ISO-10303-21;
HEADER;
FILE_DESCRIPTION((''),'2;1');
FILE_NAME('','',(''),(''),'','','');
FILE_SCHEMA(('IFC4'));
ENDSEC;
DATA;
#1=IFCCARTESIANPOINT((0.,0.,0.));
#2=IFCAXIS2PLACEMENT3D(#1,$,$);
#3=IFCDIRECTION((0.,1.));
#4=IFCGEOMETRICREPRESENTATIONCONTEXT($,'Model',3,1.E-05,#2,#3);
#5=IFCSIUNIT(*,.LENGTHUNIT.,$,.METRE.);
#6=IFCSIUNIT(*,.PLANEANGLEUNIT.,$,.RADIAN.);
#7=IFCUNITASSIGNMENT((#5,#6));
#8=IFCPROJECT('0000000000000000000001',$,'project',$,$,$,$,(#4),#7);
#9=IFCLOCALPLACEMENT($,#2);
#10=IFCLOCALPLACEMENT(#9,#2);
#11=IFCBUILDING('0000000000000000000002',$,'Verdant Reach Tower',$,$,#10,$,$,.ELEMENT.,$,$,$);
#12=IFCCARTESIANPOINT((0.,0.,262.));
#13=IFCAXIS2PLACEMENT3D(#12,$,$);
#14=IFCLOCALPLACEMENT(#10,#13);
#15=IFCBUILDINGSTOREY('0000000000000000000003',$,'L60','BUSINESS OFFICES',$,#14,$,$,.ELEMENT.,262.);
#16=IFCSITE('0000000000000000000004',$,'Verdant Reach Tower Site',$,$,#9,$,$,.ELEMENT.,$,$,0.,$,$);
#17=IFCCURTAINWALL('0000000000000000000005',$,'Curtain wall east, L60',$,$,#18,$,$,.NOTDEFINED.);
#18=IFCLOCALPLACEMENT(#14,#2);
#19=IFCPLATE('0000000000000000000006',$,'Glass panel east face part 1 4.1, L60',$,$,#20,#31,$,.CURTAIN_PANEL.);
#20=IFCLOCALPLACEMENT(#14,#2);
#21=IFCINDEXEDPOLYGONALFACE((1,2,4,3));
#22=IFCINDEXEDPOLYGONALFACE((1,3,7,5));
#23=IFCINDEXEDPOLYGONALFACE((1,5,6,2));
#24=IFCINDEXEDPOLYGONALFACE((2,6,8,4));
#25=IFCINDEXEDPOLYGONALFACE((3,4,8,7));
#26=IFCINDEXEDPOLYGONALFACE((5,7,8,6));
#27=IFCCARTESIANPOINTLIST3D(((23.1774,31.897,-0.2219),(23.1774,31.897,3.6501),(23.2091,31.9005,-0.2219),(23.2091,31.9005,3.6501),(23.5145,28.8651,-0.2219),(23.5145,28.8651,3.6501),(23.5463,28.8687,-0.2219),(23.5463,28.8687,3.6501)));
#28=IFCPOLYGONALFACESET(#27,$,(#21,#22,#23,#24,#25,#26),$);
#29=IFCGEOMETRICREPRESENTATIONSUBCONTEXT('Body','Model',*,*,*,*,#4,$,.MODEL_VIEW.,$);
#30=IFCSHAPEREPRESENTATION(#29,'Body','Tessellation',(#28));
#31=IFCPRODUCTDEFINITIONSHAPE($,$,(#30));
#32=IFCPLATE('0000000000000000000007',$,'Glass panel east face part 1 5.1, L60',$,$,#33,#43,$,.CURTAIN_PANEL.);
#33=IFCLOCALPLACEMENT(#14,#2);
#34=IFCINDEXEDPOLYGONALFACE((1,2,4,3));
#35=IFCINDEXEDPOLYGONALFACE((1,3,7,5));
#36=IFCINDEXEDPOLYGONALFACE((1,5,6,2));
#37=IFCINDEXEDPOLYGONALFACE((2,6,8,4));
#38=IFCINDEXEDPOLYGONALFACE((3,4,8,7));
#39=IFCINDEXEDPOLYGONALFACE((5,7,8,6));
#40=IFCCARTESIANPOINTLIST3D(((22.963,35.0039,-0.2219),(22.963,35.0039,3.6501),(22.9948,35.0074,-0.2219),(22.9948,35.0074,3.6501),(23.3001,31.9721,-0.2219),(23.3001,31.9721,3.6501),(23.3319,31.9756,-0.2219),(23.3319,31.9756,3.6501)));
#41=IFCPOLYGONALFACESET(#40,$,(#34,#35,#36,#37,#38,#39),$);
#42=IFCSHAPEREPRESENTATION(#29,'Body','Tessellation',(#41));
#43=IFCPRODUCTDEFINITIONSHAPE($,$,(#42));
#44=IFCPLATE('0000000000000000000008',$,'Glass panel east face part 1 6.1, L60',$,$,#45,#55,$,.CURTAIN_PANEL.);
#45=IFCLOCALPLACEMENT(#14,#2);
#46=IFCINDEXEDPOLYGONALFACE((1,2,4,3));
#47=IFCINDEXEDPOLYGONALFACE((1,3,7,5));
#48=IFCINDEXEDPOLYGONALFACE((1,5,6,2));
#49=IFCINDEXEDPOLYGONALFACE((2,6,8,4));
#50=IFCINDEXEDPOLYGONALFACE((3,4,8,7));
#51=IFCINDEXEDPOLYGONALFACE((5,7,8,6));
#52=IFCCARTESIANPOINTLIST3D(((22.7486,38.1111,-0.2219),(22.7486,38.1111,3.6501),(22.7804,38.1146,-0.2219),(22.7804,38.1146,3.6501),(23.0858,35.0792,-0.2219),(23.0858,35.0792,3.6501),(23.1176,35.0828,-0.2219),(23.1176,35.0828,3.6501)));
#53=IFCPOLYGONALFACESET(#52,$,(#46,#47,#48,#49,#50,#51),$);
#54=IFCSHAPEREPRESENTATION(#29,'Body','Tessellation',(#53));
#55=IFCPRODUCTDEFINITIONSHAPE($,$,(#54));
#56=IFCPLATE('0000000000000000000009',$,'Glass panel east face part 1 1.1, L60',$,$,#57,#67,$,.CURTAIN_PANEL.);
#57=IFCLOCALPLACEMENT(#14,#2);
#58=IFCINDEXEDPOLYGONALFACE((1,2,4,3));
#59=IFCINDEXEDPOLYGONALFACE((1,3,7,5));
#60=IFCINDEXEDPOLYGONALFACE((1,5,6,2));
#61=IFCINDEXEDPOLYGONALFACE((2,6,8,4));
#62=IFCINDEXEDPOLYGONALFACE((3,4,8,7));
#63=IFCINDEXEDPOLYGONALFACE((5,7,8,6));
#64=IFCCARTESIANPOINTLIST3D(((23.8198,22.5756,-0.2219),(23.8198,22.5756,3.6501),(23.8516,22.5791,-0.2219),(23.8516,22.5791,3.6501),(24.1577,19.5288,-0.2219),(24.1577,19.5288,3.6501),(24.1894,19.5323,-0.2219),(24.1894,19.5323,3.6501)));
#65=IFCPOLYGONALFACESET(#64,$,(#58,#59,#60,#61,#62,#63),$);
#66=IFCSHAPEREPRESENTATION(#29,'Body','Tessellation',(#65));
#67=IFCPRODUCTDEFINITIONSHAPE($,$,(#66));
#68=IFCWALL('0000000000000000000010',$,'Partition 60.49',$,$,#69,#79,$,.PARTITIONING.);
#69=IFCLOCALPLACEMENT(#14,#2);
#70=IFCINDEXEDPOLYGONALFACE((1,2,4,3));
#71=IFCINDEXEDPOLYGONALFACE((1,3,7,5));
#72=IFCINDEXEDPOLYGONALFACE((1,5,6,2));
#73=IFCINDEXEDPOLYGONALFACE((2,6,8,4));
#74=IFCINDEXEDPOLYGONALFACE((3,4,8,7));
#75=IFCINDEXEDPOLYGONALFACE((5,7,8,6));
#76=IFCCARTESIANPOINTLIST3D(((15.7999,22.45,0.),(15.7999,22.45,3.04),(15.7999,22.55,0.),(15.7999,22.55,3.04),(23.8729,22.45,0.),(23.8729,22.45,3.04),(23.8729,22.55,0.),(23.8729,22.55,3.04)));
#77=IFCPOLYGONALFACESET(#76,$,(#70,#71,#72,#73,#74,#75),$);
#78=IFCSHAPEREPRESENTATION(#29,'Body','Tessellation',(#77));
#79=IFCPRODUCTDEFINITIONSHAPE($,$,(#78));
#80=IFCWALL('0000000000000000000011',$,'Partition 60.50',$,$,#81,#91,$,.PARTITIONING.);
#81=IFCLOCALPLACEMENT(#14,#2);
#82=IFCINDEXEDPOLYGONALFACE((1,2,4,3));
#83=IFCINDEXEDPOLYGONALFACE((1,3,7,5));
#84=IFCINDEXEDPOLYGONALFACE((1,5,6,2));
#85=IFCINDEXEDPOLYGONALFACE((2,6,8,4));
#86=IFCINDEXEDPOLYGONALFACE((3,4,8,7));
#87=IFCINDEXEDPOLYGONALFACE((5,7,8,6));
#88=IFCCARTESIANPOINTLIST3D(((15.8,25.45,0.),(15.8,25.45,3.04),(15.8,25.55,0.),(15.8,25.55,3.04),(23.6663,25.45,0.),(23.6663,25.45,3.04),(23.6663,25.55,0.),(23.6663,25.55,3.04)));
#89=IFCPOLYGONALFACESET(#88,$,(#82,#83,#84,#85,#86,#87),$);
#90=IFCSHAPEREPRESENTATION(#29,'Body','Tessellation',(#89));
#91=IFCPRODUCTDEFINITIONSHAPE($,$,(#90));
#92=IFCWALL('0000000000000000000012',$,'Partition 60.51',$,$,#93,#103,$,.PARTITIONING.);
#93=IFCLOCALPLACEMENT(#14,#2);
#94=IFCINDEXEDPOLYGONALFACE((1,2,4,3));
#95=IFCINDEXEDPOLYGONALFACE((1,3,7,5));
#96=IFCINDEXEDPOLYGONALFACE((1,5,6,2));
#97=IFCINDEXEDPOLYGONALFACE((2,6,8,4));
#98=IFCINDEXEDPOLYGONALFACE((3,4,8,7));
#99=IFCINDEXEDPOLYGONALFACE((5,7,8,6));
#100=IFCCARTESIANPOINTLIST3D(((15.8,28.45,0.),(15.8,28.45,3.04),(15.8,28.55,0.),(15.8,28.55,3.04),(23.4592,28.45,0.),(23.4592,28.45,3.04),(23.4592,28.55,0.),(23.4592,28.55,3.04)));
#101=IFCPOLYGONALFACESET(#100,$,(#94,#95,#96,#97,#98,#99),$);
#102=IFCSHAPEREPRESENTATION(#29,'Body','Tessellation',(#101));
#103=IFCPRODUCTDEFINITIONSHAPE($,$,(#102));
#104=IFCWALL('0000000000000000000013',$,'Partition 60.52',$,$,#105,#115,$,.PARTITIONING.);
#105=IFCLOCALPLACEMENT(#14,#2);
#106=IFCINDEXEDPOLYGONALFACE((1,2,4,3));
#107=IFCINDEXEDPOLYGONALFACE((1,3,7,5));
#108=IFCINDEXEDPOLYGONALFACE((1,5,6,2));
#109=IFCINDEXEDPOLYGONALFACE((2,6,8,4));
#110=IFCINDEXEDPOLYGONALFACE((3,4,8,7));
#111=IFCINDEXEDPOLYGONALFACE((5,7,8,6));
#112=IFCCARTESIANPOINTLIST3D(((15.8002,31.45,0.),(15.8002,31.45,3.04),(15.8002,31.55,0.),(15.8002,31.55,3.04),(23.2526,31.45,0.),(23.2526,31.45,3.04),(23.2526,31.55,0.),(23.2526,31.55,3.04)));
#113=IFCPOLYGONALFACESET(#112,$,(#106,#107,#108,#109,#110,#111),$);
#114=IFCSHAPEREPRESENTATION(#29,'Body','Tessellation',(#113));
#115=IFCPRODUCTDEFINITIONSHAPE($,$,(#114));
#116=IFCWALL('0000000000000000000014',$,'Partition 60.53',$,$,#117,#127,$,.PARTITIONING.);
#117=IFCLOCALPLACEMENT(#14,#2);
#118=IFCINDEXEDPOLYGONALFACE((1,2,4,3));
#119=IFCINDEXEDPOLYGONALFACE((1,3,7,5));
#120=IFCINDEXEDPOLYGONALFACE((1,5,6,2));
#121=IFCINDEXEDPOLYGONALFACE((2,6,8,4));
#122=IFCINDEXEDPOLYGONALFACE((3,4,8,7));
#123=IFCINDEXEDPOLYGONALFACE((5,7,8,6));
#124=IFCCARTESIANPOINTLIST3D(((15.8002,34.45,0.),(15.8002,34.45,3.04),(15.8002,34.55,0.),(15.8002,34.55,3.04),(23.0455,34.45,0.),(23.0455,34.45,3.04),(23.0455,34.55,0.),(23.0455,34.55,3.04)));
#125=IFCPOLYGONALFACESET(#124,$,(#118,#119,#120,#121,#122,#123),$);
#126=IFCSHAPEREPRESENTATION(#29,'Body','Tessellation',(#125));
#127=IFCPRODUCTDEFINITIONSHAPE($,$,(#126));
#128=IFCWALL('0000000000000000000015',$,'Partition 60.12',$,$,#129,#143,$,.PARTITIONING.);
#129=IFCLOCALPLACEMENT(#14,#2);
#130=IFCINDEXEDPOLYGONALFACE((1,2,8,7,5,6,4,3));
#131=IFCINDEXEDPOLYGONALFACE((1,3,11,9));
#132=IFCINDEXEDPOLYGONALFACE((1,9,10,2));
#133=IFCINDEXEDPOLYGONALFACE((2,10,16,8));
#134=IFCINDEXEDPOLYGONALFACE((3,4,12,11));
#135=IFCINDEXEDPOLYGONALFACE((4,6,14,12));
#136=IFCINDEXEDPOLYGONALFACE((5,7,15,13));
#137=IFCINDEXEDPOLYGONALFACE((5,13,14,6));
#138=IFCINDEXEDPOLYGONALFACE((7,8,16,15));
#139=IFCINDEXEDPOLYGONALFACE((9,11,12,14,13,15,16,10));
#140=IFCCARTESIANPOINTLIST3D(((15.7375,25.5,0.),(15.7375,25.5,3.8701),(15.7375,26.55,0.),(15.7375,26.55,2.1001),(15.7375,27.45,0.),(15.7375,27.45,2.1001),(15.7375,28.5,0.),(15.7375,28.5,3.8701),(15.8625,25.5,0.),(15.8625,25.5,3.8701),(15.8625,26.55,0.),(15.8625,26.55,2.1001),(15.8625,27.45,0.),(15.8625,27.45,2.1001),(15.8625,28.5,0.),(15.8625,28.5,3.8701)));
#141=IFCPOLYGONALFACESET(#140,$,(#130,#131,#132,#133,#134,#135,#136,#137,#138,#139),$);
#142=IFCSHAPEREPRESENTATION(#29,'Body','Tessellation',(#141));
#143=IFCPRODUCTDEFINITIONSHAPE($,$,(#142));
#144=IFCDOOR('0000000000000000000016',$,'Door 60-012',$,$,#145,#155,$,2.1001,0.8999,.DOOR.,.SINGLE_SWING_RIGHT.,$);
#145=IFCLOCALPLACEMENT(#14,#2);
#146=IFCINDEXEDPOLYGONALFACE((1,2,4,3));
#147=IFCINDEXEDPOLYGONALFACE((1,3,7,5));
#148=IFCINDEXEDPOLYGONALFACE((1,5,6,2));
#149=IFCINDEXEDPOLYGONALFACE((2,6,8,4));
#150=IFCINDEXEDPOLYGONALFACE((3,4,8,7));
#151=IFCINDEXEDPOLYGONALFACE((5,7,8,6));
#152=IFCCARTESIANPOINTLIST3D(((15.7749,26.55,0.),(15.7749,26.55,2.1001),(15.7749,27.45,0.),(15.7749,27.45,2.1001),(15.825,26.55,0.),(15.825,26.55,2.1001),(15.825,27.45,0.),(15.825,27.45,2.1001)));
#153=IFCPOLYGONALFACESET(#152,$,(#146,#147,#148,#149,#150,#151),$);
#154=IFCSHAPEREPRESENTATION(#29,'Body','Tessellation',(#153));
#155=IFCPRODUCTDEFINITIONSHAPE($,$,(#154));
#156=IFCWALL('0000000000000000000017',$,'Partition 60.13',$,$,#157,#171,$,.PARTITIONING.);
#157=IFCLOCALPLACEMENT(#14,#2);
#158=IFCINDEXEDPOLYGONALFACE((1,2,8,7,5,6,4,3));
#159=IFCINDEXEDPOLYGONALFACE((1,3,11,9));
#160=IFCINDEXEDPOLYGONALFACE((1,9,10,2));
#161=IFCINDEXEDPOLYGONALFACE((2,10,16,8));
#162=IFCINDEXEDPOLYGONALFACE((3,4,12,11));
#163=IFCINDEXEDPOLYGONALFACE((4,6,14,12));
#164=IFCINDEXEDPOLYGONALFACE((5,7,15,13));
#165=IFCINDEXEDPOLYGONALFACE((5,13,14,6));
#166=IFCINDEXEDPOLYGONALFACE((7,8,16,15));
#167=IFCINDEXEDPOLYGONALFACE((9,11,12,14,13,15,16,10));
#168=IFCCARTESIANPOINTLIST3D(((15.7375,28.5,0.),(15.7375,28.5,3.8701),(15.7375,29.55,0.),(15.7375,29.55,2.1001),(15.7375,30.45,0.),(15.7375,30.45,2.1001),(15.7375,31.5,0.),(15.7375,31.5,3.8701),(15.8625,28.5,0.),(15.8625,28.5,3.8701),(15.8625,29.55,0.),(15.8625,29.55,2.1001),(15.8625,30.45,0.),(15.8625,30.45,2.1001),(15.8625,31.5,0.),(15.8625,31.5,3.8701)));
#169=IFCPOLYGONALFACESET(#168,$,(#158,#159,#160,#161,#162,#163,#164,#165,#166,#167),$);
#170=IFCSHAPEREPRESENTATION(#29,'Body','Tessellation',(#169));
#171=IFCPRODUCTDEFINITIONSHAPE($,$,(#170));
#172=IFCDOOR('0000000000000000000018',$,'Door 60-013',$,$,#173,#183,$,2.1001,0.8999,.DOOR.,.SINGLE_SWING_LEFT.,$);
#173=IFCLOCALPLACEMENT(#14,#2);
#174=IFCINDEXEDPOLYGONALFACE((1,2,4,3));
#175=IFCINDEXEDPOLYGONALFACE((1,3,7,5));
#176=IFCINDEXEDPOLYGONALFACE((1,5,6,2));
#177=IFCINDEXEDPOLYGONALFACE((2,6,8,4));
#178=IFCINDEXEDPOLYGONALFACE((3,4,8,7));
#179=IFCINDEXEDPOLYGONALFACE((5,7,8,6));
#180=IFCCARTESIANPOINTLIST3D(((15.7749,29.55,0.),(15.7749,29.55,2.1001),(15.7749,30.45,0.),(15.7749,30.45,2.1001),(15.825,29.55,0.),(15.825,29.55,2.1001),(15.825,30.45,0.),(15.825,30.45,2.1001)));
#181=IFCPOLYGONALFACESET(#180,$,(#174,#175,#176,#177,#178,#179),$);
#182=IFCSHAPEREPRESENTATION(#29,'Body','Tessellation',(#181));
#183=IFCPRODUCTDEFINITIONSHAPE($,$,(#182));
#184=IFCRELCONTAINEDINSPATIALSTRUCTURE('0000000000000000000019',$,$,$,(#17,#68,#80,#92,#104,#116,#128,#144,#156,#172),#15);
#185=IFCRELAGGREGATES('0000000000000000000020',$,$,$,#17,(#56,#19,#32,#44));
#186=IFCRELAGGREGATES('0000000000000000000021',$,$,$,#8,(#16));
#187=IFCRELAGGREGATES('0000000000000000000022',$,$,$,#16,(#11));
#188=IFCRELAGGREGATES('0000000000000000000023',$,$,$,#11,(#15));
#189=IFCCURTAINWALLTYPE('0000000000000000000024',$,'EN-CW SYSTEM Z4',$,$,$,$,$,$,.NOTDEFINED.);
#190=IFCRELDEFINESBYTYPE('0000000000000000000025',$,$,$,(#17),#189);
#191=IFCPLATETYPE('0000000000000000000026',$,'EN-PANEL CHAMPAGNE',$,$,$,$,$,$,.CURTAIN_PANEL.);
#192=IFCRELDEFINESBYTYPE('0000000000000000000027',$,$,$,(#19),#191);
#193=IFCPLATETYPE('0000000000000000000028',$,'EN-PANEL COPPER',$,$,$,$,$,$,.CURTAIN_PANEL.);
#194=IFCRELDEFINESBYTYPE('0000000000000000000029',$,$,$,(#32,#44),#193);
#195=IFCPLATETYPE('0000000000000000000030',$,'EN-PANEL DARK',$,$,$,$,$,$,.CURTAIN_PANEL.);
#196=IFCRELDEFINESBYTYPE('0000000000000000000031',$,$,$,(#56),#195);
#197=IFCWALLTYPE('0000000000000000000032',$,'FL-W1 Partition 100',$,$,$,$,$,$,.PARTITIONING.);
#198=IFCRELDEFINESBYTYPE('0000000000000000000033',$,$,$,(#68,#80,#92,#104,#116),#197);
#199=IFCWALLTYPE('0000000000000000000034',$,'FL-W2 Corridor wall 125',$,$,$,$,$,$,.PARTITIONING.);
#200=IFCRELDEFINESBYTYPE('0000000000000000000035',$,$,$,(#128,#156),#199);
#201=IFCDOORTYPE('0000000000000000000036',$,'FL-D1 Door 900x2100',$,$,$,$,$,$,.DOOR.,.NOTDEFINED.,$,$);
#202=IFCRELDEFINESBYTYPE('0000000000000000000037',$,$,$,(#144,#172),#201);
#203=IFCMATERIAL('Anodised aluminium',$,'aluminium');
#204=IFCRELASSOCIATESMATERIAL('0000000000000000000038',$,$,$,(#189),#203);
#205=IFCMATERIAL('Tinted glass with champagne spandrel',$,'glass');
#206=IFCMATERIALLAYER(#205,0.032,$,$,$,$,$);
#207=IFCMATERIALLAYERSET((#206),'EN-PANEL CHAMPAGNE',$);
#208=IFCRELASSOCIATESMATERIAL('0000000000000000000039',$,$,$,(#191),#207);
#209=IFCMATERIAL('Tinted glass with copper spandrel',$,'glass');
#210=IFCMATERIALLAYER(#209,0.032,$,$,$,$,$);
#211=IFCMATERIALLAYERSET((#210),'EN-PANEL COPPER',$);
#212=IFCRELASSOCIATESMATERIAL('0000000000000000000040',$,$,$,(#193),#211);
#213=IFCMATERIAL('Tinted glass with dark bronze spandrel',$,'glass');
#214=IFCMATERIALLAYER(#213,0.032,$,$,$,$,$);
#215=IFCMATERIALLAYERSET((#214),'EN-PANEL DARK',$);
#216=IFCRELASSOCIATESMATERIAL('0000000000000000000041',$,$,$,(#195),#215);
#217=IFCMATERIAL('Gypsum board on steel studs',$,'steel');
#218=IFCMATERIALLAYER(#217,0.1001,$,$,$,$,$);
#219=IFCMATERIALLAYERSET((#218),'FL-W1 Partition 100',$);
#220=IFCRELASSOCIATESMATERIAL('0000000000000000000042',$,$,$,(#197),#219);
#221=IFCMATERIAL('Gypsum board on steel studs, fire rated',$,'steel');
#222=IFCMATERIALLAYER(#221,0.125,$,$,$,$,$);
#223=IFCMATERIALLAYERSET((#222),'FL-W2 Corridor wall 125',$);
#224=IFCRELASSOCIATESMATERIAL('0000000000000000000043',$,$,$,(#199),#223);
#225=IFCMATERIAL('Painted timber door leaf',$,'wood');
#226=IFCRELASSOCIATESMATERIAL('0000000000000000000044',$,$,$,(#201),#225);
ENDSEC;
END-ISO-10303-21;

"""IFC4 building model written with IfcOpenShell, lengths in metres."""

from ifc_helpers import new_model, si_unit, direction, frame, frame_2d, origin, origin_2d, place, context, subcontext, project, spatial, rectangle, extrude, material, layer, layer_set, type_object, element, fill, aggregate, save


model = new_model("IFC4")

# Units and contexts
model_context = context("Model", 3, precision=1e-05, world=origin(), true_north=direction((0.0, 1.0)))
body_context = subcontext(model_context, "Body", "Model", "MODEL_VIEW")
ifc_project = project(units=[si_unit("LENGTHUNIT", "METRE"), si_unit("PLANEANGLEUNIT", "RADIAN")], contexts=[model_context])

# Site, building, storey
site_placement = place(None, origin())
site = spatial("IfcSite", under=ifc_project, at=site_placement, Name="Verdant Reach Tower Site", CompositionType="ELEMENT", RefElevation=0.0)
building_placement = place(site_placement, origin())
building = spatial("IfcBuilding", under=site, at=building_placement, Name="Verdant Reach Tower", CompositionType="ELEMENT")
storey_placement = place(building_placement, frame((0.0, 0.0, 262.0)))
storey = spatial("IfcBuildingStorey", under=building, at=storey_placement, Name="L60", Description="BUSINESS OFFICES", CompositionType="ELEMENT", Elevation=262.0)

# Curtain wall
ifc_material_1 = material(Name="Anodised aluminium", Category="aluminium")
curtain_wall_type = type_object("IfcCurtainWallType", Name="EN-CW SYSTEM Z4", PredefinedType="NOTDEFINED", material=ifc_material_1)
curtain_wall_placement = place(storey_placement, origin())
curtain_wall = element("IfcCurtainWall", 1, at=curtain_wall_placement, inside=storey, type_object=curtain_wall_type, Name="Curtain wall east, L60", PredefinedType="NOTDEFINED")

# Plates
ifc_material_2 = material(Name="Tinted glass with champagne spandrel", Category="glass")
ifc_layer_1 = layer(ifc_material_2, 0.032)
ifc_layer_set_1 = layer_set([ifc_layer_1], Name="EN-PANEL CHAMPAGNE")
plate_type_1 = type_object("IfcPlateType", Name="EN-PANEL CHAMPAGNE", PredefinedType="CURTAIN_PANEL", material=ifc_layer_set_1)
plate_1_placement = place(storey_placement, frame((23.3618, 30.3828, -0.2219), z_axis=(0.0, 0.0, 1.0), x_axis=(-0.110518, 0.993874, 0.0)))
plate_1 = element("IfcPlate", 2, at=plate_1_placement, type_object=plate_type_1, Name="Glass panel east face part 1 4.1, L60", PredefinedType="CURTAIN_PANEL", context=body_context, shape_type="SweptSolid", body=[
    extrude(rectangle(XDim=3.0505, YDim=0.032, at=origin_2d()), origin(), (0.0, 0.0, 1.0), 3.8721),
])
ifc_material_3 = material(Name="Tinted glass with copper spandrel", Category="glass")
ifc_layer_2 = layer(ifc_material_3, 0.032)
ifc_layer_set_2 = layer_set([ifc_layer_2], Name="EN-PANEL COPPER")
plate_type_2 = type_object("IfcPlateType", Name="EN-PANEL COPPER", PredefinedType="CURTAIN_PANEL", material=ifc_layer_set_2)
plate_2_placement = place(storey_placement, frame((23.1475, 33.4897, -0.2219), z_axis=(0.0, 0.0, 1.0), x_axis=(-0.110518, 0.993874, 0.0)))
plate_2 = element("IfcPlate", 3, at=plate_2_placement, type_object=plate_type_2, Name="Glass panel east face part 1 5.1, L60", PredefinedType="CURTAIN_PANEL", context=body_context, shape_type="SweptSolid", body=[
    extrude(rectangle(XDim=3.0505, YDim=0.032, at=origin_2d()), origin(), (0.0, 0.0, 1.0), 3.8721),
])
plate_3_placement = place(storey_placement, frame((22.9331, 36.5969, -0.2219), z_axis=(0.0, 0.0, 1.0), x_axis=(-0.110518, 0.993874, 0.0)))
plate_3 = element("IfcPlate", 4, at=plate_3_placement, type_object=plate_type_2, Name="Glass panel east face part 1 6.1, L60", PredefinedType="CURTAIN_PANEL", context=body_context, shape_type="SweptSolid", body=[
    extrude(rectangle(XDim=3.0505, YDim=0.032, at=origin_2d()), origin(), (0.0, 0.0, 1.0), 3.8721),
])
ifc_material_4 = material(Name="Tinted glass with dark bronze spandrel", Category="glass")
ifc_layer_3 = layer(ifc_material_4, 0.032)
ifc_layer_set_3 = layer_set([ifc_layer_3], Name="EN-PANEL DARK")
plate_type_3 = type_object("IfcPlateType", Name="EN-PANEL DARK", PredefinedType="CURTAIN_PANEL", material=ifc_layer_set_3)
plate_4_placement = place(storey_placement, frame((24.0046, 21.054, -0.2219), z_axis=(0.0, 0.0, 1.0), x_axis=(-0.110206, 0.993909, 0.0)))
plate_4 = element("IfcPlate", 5, at=plate_4_placement, type_object=plate_type_3, Name="Glass panel east face part 1 1.1, L60", PredefinedType="CURTAIN_PANEL", context=body_context, shape_type="SweptSolid", body=[
    extrude(rectangle(XDim=3.0654, YDim=0.032, at=origin_2d()), origin(), (0.0, 0.0, 1.0), 3.8721),
])
aggregate(curtain_wall, [plate_4, plate_1, plate_2, plate_3])

# Walls
ifc_material_5 = material(Name="Gypsum board on steel studs", Category="steel")
ifc_layer_4 = layer(ifc_material_5, 0.1001)
ifc_layer_set_4 = layer_set([ifc_layer_4], Name="FL-W1 Partition 100")
wall_type_1 = type_object("IfcWallType", Name="FL-W1 Partition 100", PredefinedType="PARTITIONING", material=ifc_layer_set_4)
wall_1_placement = place(storey_placement, frame((23.873, 22.5, 0.0), z_axis=(0.0, 0.0, 1.0), x_axis=(-1.0, 0.0, 0.0)))
element("IfcWall", 6, at=wall_1_placement, inside=storey, type_object=wall_type_1, Name="Partition 60.49", PredefinedType="PARTITIONING", context=body_context, shape_type="SweptSolid", body=[
    extrude(rectangle(XDim=8.073, YDim=0.1001, at=frame_2d((4.0366, 0.0))), origin(), (0.0, 0.0, 1.0), 3.04),
])
wall_2_placement = place(storey_placement, frame((23.6663, 25.5, 0.0), z_axis=(0.0, 0.0, 1.0), x_axis=(-1.0, 0.0, 0.0)))
element("IfcWall", 7, at=wall_2_placement, inside=storey, type_object=wall_type_1, Name="Partition 60.50", PredefinedType="PARTITIONING", context=body_context, shape_type="SweptSolid", body=[
    extrude(rectangle(XDim=7.8662, YDim=0.1001, at=frame_2d((3.9331, 0.0))), origin(), (0.0, 0.0, 1.0), 3.04),
])
wall_3_placement = place(storey_placement, frame((23.4592, 28.5, 0.0), z_axis=(0.0, 0.0, 1.0), x_axis=(-1.0, 0.0, 0.0)))
element("IfcWall", 8, at=wall_3_placement, inside=storey, type_object=wall_type_1, Name="Partition 60.51", PredefinedType="PARTITIONING", context=body_context, shape_type="SweptSolid", body=[
    extrude(rectangle(XDim=7.6592, YDim=0.1001, at=frame_2d((3.8296, 0.0))), origin(), (0.0, 0.0, 1.0), 3.04),
])
wall_4_placement = place(storey_placement, frame((23.2524, 31.5, 0.0), z_axis=(0.0, 0.0, 1.0), x_axis=(-1.0, 0.0, 0.0)))
element("IfcWall", 9, at=wall_4_placement, inside=storey, type_object=wall_type_1, Name="Partition 60.52", PredefinedType="PARTITIONING", context=body_context, shape_type="SweptSolid", body=[
    extrude(rectangle(XDim=7.4524, YDim=0.1001, at=frame_2d((3.7261, 0.0))), origin(), (0.0, 0.0, 1.0), 3.04),
])
wall_5_placement = place(storey_placement, frame((23.0454, 34.5, 0.0), z_axis=(0.0, 0.0, 1.0), x_axis=(-1.0, 0.0, 0.0)))
element("IfcWall", 10, at=wall_5_placement, inside=storey, type_object=wall_type_1, Name="Partition 60.53", PredefinedType="PARTITIONING", context=body_context, shape_type="SweptSolid", body=[
    extrude(rectangle(XDim=7.2454, YDim=0.1001, at=frame_2d((3.6226, 0.0))), origin(), (0.0, 0.0, 1.0), 3.04),
])

# Walls, openings, doors
ifc_material_6 = material(Name="Gypsum board on steel studs, fire rated", Category="steel")
ifc_layer_5 = layer(ifc_material_6, 0.125)
ifc_layer_set_5 = layer_set([ifc_layer_5], Name="FL-W2 Corridor wall 125")
wall_type_2 = type_object("IfcWallType", Name="FL-W2 Corridor wall 125", PredefinedType="PARTITIONING", material=ifc_layer_set_5)
wall_6_placement = place(storey_placement, frame((15.8, 28.5, 0.0), z_axis=(0.0, 0.0, 1.0), x_axis=(0.0, -1.0, 0.0)))
wall_6 = element("IfcWall", 11, at=wall_6_placement, inside=storey, type_object=wall_type_2, Name="Partition 60.12", PredefinedType="PARTITIONING", context=body_context, shape_type="SweptSolid", body=[
    extrude(rectangle(XDim=3.0, YDim=0.125, at=frame_2d((1.5, 0.0))), origin(), (0.0, 0.0, 1.0), 3.8701),
])
opening_1_placement = place(wall_6_placement, frame((1.05, 0.0, 0.0)))
opening_1 = element("IfcOpeningElement", 12, at=opening_1_placement, cuts=wall_6, PredefinedType="OPENING", context=body_context, shape_type="SweptSolid", body=[
    extrude(rectangle(XDim=0.8999, YDim=2.1001, at=frame_2d((0.45, 1.05))), frame((0.0, 0.0725, 0.0), z_axis=(0.0, -1.0, 0.0), x_axis=(1.0, 0.0, 0.0)), (0.0, 0.0, 1.0), 0.145),
])
ifc_material_7 = material(Name="Painted timber door leaf", Category="wood")
door_type = type_object("IfcDoorType", Name="FL-D1 Door 900x2100", OperationType="NOTDEFINED", PredefinedType="DOOR", material=ifc_material_7)
door_1_placement = place(opening_1_placement, origin())
door_1 = element("IfcDoor", 13, at=door_1_placement, inside=storey, type_object=door_type, Name="Door 60-012", OperationType="SINGLE_SWING_RIGHT", OverallHeight=2.1001, OverallWidth=0.8999, PredefinedType="DOOR", context=body_context, shape_type="SweptSolid", body=[
    extrude(rectangle(XDim=0.8999, YDim=2.1001, at=frame_2d((0.45, 1.05))), frame((0.0, 0.0249, 0.0), z_axis=(0.0, -1.0, 0.0), x_axis=(1.0, 0.0, 0.0)), (0.0, 0.0, 1.0), 0.05),
])
fill(opening_1, door_1)
wall_7_placement = place(storey_placement, frame((15.8, 31.5, 0.0), z_axis=(0.0, 0.0, 1.0), x_axis=(0.0, -1.0, 0.0)))
wall_7 = element("IfcWall", 14, at=wall_7_placement, inside=storey, type_object=wall_type_2, Name="Partition 60.13", PredefinedType="PARTITIONING", context=body_context, shape_type="SweptSolid", body=[
    extrude(rectangle(XDim=3.0, YDim=0.125, at=frame_2d((1.5, 0.0))), origin(), (0.0, 0.0, 1.0), 3.8701),
])
opening_2_placement = place(wall_7_placement, frame((1.05, 0.0, 0.0)))
opening_2 = element("IfcOpeningElement", 15, at=opening_2_placement, cuts=wall_7, PredefinedType="OPENING", context=body_context, shape_type="SweptSolid", body=[
    extrude(rectangle(XDim=0.8999, YDim=2.1001, at=frame_2d((0.45, 1.05))), frame((0.0, 0.0725, 0.0), z_axis=(0.0, -1.0, 0.0), x_axis=(1.0, 0.0, 0.0)), (0.0, 0.0, 1.0), 0.145),
])
door_2_placement = place(opening_2_placement, origin())
door_2 = element("IfcDoor", 16, at=door_2_placement, inside=storey, type_object=door_type, Name="Door 60-013", OperationType="SINGLE_SWING_LEFT", OverallHeight=2.1001, OverallWidth=0.8999, PredefinedType="DOOR", context=body_context, shape_type="SweptSolid", body=[
    extrude(rectangle(XDim=0.8999, YDim=2.1001, at=frame_2d((0.45, 1.05))), frame((0.0, 0.0249, 0.0), z_axis=(0.0, -1.0, 0.0), x_axis=(1.0, 0.0, 0.0)), (0.0, 0.0, 1.0), 0.05),
])
fill(opening_2, door_2)

save(model, "model.ifc")
